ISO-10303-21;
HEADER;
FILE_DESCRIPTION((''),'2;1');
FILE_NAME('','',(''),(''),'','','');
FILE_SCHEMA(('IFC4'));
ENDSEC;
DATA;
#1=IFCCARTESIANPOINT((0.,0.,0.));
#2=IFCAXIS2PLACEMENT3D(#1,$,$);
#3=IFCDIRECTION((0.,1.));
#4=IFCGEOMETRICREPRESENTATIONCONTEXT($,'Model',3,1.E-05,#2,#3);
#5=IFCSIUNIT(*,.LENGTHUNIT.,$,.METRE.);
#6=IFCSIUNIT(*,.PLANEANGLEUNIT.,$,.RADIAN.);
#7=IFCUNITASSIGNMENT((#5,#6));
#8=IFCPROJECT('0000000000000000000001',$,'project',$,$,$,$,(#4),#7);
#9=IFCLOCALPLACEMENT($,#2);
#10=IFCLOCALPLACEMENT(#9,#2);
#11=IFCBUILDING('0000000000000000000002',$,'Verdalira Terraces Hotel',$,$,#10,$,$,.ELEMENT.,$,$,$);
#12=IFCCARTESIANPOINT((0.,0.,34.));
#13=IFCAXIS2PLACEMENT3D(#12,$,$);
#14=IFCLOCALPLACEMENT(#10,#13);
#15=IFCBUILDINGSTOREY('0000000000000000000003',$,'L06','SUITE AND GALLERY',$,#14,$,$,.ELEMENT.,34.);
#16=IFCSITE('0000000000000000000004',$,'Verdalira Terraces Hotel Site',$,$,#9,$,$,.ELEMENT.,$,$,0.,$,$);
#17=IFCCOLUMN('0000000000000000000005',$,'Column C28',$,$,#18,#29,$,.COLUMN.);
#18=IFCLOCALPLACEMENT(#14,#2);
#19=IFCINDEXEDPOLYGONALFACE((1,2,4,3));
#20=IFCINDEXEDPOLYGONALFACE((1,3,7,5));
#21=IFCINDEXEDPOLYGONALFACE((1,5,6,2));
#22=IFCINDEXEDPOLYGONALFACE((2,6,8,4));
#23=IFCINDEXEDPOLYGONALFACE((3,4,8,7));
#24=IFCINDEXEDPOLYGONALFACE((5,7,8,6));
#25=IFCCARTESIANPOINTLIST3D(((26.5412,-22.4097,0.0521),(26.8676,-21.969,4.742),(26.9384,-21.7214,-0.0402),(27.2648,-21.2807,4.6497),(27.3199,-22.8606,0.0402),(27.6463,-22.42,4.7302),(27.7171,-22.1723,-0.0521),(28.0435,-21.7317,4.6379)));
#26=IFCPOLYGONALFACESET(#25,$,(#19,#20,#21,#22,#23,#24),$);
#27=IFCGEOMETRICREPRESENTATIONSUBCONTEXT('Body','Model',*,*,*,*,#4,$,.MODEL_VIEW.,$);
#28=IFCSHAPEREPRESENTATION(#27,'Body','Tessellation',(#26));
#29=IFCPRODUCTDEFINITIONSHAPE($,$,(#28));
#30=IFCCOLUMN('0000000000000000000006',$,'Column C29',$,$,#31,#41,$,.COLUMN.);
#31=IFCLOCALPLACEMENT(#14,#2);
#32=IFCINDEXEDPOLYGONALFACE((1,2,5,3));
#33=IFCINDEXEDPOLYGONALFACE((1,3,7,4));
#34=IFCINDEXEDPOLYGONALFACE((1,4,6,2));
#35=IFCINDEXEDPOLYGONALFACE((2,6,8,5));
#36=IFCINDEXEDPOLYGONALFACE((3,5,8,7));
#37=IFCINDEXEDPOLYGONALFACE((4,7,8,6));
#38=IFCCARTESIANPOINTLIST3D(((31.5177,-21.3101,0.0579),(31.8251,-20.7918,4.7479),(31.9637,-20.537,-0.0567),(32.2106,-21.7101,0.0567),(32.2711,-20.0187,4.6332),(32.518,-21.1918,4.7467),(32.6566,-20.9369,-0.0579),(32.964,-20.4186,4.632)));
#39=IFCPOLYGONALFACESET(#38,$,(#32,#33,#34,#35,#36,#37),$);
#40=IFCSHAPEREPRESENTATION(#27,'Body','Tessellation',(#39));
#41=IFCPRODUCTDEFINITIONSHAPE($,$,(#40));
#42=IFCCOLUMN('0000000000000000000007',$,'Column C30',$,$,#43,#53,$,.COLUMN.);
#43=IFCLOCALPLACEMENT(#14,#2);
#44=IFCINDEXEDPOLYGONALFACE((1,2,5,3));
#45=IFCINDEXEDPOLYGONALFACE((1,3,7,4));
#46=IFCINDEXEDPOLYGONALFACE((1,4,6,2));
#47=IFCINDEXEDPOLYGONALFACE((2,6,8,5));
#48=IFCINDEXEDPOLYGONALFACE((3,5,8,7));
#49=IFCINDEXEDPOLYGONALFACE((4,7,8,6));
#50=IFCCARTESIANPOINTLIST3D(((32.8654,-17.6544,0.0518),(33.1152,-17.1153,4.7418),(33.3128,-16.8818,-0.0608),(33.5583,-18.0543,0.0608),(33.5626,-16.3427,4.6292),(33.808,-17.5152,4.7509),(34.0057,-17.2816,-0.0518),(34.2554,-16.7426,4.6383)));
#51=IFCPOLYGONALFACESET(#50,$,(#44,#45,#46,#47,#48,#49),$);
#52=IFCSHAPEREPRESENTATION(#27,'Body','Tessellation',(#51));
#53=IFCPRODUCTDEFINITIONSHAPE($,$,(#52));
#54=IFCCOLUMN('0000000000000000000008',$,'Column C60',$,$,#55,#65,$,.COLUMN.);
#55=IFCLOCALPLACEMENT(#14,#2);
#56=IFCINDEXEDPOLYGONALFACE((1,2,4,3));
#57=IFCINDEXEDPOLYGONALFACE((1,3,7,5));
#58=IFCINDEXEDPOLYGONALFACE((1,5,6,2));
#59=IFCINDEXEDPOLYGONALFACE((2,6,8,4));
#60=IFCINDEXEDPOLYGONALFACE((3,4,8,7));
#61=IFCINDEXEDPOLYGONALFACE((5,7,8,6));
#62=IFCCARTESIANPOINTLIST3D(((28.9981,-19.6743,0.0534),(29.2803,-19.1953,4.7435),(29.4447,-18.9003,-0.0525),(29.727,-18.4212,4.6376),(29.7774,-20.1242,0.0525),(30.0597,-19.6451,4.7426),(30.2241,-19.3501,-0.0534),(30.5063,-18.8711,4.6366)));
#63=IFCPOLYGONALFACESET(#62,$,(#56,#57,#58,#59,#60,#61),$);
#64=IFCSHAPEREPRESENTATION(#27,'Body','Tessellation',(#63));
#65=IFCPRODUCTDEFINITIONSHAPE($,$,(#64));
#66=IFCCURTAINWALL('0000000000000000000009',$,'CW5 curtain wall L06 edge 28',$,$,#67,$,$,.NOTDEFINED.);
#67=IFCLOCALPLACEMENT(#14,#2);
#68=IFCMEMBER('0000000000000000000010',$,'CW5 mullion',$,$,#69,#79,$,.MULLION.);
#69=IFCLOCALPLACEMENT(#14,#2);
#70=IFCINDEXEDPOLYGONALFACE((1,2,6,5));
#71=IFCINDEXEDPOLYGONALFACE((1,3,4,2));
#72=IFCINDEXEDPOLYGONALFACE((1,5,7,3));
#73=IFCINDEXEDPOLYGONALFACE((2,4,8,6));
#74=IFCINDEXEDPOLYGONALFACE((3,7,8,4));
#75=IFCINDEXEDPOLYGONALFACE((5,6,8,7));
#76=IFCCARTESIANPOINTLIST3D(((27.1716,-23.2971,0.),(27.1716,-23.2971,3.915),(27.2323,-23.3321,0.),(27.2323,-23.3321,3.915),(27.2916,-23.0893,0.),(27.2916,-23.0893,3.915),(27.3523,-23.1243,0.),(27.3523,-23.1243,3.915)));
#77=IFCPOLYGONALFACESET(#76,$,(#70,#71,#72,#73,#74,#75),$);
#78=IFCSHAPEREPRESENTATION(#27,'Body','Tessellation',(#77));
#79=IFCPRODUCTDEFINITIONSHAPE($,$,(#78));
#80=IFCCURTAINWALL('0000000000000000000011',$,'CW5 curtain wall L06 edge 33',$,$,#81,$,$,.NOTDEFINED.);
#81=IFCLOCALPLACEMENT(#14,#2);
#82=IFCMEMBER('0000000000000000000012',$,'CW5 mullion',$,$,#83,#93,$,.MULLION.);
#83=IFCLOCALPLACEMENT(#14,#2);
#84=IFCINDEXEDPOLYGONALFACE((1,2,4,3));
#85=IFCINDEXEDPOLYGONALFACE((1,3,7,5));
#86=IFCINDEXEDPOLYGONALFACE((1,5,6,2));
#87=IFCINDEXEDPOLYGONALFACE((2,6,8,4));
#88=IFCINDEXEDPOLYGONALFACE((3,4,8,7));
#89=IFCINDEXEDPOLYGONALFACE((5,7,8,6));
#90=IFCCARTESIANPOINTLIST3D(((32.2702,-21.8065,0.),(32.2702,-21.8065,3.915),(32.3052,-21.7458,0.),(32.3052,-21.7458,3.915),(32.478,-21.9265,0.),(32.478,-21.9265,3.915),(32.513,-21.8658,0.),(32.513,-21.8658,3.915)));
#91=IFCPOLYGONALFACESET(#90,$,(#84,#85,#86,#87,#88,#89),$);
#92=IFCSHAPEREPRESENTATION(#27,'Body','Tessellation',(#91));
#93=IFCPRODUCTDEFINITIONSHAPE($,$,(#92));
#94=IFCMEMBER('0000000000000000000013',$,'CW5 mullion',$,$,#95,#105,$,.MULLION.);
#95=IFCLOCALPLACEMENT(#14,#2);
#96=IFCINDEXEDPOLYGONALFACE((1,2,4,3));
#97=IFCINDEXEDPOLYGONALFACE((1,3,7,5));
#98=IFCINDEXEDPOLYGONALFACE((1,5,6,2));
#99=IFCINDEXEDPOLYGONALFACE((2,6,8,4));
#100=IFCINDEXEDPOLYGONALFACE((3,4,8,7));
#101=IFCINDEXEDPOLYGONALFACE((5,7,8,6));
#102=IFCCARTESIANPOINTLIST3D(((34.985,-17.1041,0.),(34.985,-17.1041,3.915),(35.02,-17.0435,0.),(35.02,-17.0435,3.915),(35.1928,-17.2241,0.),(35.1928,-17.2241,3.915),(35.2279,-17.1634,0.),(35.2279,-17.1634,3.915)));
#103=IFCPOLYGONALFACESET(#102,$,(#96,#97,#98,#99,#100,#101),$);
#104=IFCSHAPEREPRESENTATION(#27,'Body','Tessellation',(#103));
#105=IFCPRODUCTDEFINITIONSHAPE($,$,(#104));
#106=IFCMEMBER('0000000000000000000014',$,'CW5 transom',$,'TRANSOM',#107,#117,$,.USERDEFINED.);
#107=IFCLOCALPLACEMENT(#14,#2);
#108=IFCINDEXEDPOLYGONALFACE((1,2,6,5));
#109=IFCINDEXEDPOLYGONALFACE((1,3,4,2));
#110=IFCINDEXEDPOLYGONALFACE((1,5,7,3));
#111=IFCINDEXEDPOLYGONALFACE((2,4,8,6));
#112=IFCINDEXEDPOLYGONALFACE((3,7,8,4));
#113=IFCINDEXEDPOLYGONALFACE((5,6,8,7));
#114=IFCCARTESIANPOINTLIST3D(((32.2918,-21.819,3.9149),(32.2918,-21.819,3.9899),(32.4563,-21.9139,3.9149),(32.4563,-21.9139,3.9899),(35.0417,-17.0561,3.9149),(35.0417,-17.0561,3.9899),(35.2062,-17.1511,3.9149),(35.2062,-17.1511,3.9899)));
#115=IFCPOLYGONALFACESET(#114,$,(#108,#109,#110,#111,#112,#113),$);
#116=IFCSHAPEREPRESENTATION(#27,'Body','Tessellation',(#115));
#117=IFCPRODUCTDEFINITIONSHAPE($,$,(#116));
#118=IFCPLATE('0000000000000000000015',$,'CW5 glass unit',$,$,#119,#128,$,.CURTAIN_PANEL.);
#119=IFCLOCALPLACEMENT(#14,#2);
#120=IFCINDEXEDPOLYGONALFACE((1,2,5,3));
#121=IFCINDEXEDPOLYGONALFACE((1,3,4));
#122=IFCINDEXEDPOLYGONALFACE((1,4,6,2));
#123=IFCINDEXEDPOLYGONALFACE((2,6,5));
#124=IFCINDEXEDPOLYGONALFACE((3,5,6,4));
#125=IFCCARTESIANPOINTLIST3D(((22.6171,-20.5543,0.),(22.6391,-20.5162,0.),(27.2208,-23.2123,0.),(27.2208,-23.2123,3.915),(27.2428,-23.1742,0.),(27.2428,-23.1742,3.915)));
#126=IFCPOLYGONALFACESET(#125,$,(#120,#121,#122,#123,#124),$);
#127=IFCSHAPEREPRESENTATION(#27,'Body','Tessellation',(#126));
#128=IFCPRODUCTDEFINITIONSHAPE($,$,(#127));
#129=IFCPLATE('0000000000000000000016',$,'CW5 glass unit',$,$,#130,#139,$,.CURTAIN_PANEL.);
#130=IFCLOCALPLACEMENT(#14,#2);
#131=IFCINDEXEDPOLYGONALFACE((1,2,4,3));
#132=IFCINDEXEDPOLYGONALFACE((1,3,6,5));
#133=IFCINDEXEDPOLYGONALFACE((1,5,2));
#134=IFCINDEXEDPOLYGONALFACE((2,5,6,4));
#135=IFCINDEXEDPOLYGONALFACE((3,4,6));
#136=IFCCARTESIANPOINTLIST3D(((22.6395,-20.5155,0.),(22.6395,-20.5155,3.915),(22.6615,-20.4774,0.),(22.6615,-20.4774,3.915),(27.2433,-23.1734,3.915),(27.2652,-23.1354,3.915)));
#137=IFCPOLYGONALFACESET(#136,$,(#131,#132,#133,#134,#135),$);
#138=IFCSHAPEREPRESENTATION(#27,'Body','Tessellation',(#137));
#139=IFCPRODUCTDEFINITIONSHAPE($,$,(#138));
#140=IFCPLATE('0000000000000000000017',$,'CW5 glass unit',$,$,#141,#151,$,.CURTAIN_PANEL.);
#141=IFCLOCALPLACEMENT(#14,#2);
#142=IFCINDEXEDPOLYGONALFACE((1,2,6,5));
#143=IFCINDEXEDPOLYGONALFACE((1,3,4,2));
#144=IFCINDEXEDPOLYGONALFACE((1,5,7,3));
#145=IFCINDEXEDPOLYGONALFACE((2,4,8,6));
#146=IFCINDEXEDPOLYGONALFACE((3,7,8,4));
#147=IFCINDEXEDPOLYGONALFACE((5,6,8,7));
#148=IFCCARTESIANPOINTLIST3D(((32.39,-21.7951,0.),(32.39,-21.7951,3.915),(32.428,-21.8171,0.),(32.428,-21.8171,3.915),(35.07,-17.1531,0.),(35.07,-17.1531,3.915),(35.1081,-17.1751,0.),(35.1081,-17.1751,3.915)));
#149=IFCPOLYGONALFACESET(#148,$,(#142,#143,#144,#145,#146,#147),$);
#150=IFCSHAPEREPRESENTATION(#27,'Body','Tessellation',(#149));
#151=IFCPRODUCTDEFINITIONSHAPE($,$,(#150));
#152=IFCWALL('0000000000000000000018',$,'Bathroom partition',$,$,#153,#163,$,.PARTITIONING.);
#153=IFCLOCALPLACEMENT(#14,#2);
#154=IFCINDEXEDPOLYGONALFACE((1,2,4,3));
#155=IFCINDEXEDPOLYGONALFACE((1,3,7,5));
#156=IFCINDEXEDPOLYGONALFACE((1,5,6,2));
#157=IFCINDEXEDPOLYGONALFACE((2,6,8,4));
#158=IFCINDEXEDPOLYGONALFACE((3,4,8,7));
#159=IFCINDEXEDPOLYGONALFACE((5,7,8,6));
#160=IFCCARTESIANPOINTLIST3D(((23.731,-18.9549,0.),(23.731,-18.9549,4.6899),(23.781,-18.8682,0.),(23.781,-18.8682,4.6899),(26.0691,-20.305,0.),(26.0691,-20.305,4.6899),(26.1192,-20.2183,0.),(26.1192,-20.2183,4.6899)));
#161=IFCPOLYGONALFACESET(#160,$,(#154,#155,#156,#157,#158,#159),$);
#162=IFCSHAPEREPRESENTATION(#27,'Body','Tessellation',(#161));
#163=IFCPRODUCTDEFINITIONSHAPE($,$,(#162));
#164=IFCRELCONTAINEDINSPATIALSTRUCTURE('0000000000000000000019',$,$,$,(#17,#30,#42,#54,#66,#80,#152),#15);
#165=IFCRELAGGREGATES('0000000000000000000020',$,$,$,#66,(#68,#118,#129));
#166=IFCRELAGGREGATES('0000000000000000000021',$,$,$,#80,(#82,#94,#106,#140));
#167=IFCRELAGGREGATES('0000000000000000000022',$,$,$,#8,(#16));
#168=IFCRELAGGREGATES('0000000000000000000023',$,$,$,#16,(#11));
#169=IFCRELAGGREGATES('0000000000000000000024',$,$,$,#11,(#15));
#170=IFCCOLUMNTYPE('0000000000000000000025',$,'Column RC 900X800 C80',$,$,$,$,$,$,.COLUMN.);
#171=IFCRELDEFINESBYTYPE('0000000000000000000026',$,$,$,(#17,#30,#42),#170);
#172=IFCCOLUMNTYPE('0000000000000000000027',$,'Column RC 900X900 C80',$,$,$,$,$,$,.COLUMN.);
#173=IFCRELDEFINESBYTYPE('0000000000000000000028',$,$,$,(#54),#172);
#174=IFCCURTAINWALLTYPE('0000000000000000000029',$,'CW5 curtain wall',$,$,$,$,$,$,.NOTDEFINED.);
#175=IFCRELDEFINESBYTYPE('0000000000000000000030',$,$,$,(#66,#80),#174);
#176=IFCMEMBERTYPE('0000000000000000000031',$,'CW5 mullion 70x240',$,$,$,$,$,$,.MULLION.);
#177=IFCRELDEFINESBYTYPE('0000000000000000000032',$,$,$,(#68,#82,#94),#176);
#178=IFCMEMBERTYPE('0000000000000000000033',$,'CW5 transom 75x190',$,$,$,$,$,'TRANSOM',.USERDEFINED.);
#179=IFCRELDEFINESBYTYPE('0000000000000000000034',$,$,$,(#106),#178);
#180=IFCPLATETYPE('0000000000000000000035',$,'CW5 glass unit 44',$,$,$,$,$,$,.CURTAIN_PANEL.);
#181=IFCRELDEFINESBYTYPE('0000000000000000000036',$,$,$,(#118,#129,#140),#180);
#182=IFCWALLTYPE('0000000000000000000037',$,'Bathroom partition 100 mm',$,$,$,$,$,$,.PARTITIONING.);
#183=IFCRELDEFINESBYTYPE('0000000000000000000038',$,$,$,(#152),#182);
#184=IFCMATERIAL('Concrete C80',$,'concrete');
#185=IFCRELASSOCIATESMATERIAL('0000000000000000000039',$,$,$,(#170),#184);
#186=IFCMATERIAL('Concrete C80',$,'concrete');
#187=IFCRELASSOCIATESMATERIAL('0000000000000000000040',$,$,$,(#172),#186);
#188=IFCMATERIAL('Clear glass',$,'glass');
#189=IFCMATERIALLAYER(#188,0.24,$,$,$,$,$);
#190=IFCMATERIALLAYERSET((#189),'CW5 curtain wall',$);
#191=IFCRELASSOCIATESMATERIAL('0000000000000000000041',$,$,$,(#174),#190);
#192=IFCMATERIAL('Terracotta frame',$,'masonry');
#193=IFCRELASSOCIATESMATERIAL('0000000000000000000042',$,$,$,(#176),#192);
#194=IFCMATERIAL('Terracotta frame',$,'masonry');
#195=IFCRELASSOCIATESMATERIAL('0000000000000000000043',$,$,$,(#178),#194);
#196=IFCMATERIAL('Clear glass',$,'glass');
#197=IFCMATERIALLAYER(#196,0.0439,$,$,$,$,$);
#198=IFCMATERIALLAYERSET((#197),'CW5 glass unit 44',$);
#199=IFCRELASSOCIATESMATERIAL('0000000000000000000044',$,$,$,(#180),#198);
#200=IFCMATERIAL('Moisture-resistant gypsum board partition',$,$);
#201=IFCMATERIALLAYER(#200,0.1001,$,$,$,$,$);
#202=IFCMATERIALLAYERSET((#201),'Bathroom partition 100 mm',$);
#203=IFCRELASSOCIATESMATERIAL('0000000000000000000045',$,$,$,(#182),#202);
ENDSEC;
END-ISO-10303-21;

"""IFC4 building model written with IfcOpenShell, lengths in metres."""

from ifc_helpers import new_model, si_unit, direction, frame, frame_2d, origin, origin_2d, place, context, subcontext, project, spatial, polyline, rectangle, outline, extrude, material, layer, layer_set, material_profile, profile_set, type_object, element, aggregate, save


model = new_model("IFC4")

# Units and contexts
model_context = context("Model", 3, precision=1e-05, world=origin(), true_north=direction((0.0, 1.0)))
body_context = subcontext(model_context, "Body", "Model", "MODEL_VIEW")
ifc_project = project(units=[si_unit("LENGTHUNIT", "METRE"), si_unit("PLANEANGLEUNIT", "RADIAN")], contexts=[model_context])

# Site, building, storey
site_placement = place(None, origin())
site = spatial("IfcSite", under=ifc_project, at=site_placement, Name="Verdalira Terraces Hotel Site", CompositionType="ELEMENT", RefElevation=0.0)
building_placement = place(site_placement, origin())
building = spatial("IfcBuilding", under=site, at=building_placement, Name="Verdalira Terraces Hotel", CompositionType="ELEMENT")
storey_placement = place(building_placement, frame((0.0, 0.0, 34.0)))
storey = spatial("IfcBuildingStorey", under=building, at=storey_placement, Name="L06", Description="SUITE AND GALLERY", CompositionType="ELEMENT", Elevation=34.0)

# Columns
ifc_material_1 = material(Name="Concrete C80", Category="concrete")
ifc_material_profile_1 = material_profile(ifc_material_1, rectangle(XDim=0.8999, YDim=0.8, at=origin_2d()), Name="RC 900X800")
ifc_profile_set_1 = profile_set([ifc_material_profile_1], Name="Concrete C80")
column_type_1 = type_object("IfcColumnType", Name="Column RC 900X800 C80", PredefinedType="COLUMN", material=ifc_profile_set_1)
column_1_placement = place(storey_placement, frame((27.1291, -22.291, 0.0), z_axis=(0.069128, 0.093326, 0.993233), x_axis=(0.865288, -0.501103, -0.013139)))
element("IfcColumn", 1, at=column_1_placement, inside=storey, type_object=column_type_1, Name="Column C28", PredefinedType="COLUMN", context=body_context, shape_type="SweptSolid", body=[
    extrude(rectangle(XDim=0.8999, YDim=0.8, at=origin_2d()), origin(), (0.0, 0.0, 1.0), 4.7219),
])
column_2_placement = place(storey_placement, frame((32.0872, -21.1235, 0.0), z_axis=(0.065004, 0.109614, 0.991846), x_axis=(0.495649, 0.859124, -0.127431)))
element("IfcColumn", 2, at=column_2_placement, inside=storey, type_object=column_type_1, Name="Column C29", PredefinedType="COLUMN", context=body_context, shape_type="SweptSolid", body=[
    extrude(rectangle(XDim=0.8999, YDim=0.8, at=origin_2d()), origin(), (0.0, 0.0, 1.0), 4.7285),
])
column_3_placement = place(storey_placement, frame((33.4355, -17.468, 0.0), z_axis=(0.052831, 0.114029, 0.992072), x_axis=(0.497169, 0.858579, -0.125161)))
element("IfcColumn", 3, at=column_3_placement, inside=storey, type_object=column_type_1, Name="Column C30", PredefinedType="COLUMN", context=body_context, shape_type="SweptSolid", body=[
    extrude(rectangle(XDim=0.8999, YDim=0.8, at=origin_2d()), origin(), (0.0, 0.0, 1.0), 4.7275),
])
ifc_material_2 = material(Name="Concrete C80", Category="concrete")
ifc_material_profile_2 = material_profile(ifc_material_2, rectangle(XDim=0.8999, YDim=0.8999, at=origin_2d()), Name="RC 900X900")
ifc_profile_set_2 = profile_set([ifc_material_profile_2], Name="Concrete C80")
column_type_2 = type_object("IfcColumnType", Name="Column RC 900X900 C80", PredefinedType="COLUMN", material=ifc_profile_set_2)
column_4_placement = place(storey_placement, frame((29.6111, -19.5122, 0.0), z_axis=(0.059759, 0.101424, 0.993047), x_axis=(0.866065, -0.499931, -0.001057)))
element("IfcColumn", 4, at=column_4_placement, inside=storey, type_object=column_type_2, Name="Column C60", PredefinedType="COLUMN", context=body_context, shape_type="SweptSolid", body=[
    extrude(rectangle(XDim=0.8999, YDim=0.8999, at=origin_2d()), origin(), (0.0, 0.0, 1.0), 4.7229),
])

# Curtain wall, member
ifc_material_3 = material(Name="Clear glass", Category="glass")
ifc_layer_1 = layer(ifc_material_3, 0.24)
ifc_layer_set_1 = layer_set([ifc_layer_1], Name="CW5 curtain wall")
curtain_wall_type = type_object("IfcCurtainWallType", Name="CW5 curtain wall", PredefinedType="NOTDEFINED", material=ifc_layer_set_1)
curtain_wall_1_placement = place(storey_placement, origin())
curtain_wall_1 = element("IfcCurtainWall", 5, at=curtain_wall_1_placement, inside=storey, type_object=curtain_wall_type, Name="CW5 curtain wall L06 edge 28", PredefinedType="NOTDEFINED")
ifc_material_4 = material(Name="Terracotta frame", Category="masonry")
ifc_material_profile_3 = material_profile(ifc_material_4, rectangle(XDim=0.0701, YDim=0.24, at=origin_2d()), Name="MU 70x240")
ifc_profile_set_3 = profile_set([ifc_material_profile_3], Name="Terracotta frame")
member_type_1 = type_object("IfcMemberType", Name="CW5 mullion 70x240", PredefinedType="MULLION", material=ifc_profile_set_3)
member_1_placement = place(storey_placement, frame((27.262, -23.2107, 0.0), z_axis=(0.0, 0.0, 1.0), x_axis=(0.866025, -0.5, 0.0)))
member_1 = element("IfcMember", 6, at=member_1_placement, type_object=member_type_1, Name="CW5 mullion", PredefinedType="MULLION", context=body_context, shape_type="SweptSolid", body=[
    extrude(rectangle(XDim=0.0701, YDim=0.24, at=origin_2d()), origin(), (0.0, 0.0, 1.0), 3.915),
])

# Curtain wall, members
curtain_wall_2_placement = place(storey_placement, origin())
curtain_wall_2 = element("IfcCurtainWall", 7, at=curtain_wall_2_placement, inside=storey, type_object=curtain_wall_type, Name="CW5 curtain wall L06 edge 33", PredefinedType="NOTDEFINED")
member_2_placement = place(storey_placement, frame((32.3916, -21.8362, 0.0), z_axis=(0.0, 0.0, 1.0), x_axis=(0.5, 0.866025, 0.0)))
member_2 = element("IfcMember", 8, at=member_2_placement, type_object=member_type_1, Name="CW5 mullion", PredefinedType="MULLION", context=body_context, shape_type="SweptSolid", body=[
    extrude(rectangle(XDim=0.0701, YDim=0.24, at=origin_2d()), origin(), (0.0, 0.0, 1.0), 3.915),
])
member_3_placement = place(storey_placement, frame((35.1064, -17.1338, 0.0), z_axis=(0.0, 0.0, 1.0), x_axis=(0.5, 0.866025, 0.0)))
member_3 = element("IfcMember", 9, at=member_3_placement, type_object=member_type_1, Name="CW5 mullion", PredefinedType="MULLION", context=body_context, shape_type="SweptSolid", body=[
    extrude(rectangle(XDim=0.0701, YDim=0.24, at=origin_2d()), origin(), (0.0, 0.0, 1.0), 3.915),
])
ifc_material_5 = material(Name="Terracotta frame", Category="masonry")
ifc_material_profile_4 = material_profile(ifc_material_5, rectangle(XDim=0.1899, YDim=0.075, at=origin_2d()), Name="TR 75x190")
ifc_profile_set_4 = profile_set([ifc_material_profile_4], Name="Terracotta frame")
member_type_2 = type_object("IfcMemberType", Name="CW5 transom 75x190", ElementType="TRANSOM", PredefinedType="USERDEFINED", material=ifc_profile_set_4)
member_4_placement = place(storey_placement, frame((32.374, -21.8665, 3.9524), z_axis=(0.500016, 0.866016, 0.0), x_axis=(-0.866016, 0.500016, 0.0)))
member_4 = element("IfcMember", 10, at=member_4_placement, type_object=member_type_2, Name="CW5 transom", ObjectType="TRANSOM", PredefinedType="USERDEFINED", context=body_context, shape_type="SweptSolid", body=[
    extrude(rectangle(XDim=0.1899, YDim=0.075, at=origin_2d()), origin(), (0.0, 0.0, 1.0), 5.4998),
])

# Plates
ifc_material_6 = material(Name="Clear glass", Category="glass")
ifc_layer_2 = layer(ifc_material_6, 0.0439)
ifc_layer_set_2 = layer_set([ifc_layer_2], Name="CW5 glass unit 44")
plate_type = type_object("IfcPlateType", Name="CW5 glass unit 44", PredefinedType="CURTAIN_PANEL", material=ifc_layer_set_2)
plate_1_placement = place(storey_placement, frame((24.9409, -21.8452, 1.9575), z_axis=(-0.5, -0.866025, 0.0), x_axis=(0.866025, -0.5, 0.0)))
plate_1 = element("IfcPlate", 11, at=plate_1_placement, type_object=plate_type, Name="CW5 glass unit", PredefinedType="CURTAIN_PANEL", context=body_context, shape_type="SweptSolid", body=[
    extrude(outline(polyline([(-2.658, -1.9575), (2.658, -1.9575), (2.658, 1.9575), (-2.658, -1.9575)])), origin(), (0.0, 0.0, 1.0), 0.0439),
])
plate_2_placement = place(storey_placement, frame((24.9634, -21.8064, 1.9575), z_axis=(-0.5, -0.866025, 0.0), x_axis=(0.866025, -0.5, 0.0)))
plate_2 = element("IfcPlate", 12, at=plate_2_placement, type_object=plate_type, Name="CW5 glass unit", PredefinedType="CURTAIN_PANEL", context=body_context, shape_type="SweptSolid", body=[
    extrude(outline(polyline([(-2.658, -1.9575), (2.658, 1.9575), (-2.658, 1.9575), (-2.658, -1.9575)])), origin(), (0.0, 0.0, 1.0), 0.0439),
])
aggregate(curtain_wall_1, [member_1, plate_1, plate_2])
plate_3_placement = place(storey_placement, frame((33.749, -19.4851, 0.0), z_axis=(0.0, 0.0, 1.0), x_axis=(0.5, 0.866025, 0.0)))
plate_3 = element("IfcPlate", 13, at=plate_3_placement, type_object=plate_type, Name="CW5 glass unit", PredefinedType="CURTAIN_PANEL", context=body_context, shape_type="SweptSolid", body=[
    extrude(rectangle(XDim=5.3601, YDim=0.0439, at=origin_2d()), origin(), (0.0, 0.0, 1.0), 3.915),
])
aggregate(curtain_wall_2, [member_2, member_3, member_4, plate_3])

# Wall
ifc_material_7 = material(Name="Moisture-resistant gypsum board partition")
ifc_layer_3 = layer(ifc_material_7, 0.1001)
ifc_layer_set_3 = layer_set([ifc_layer_3], Name="Bathroom partition 100 mm")
wall_type_1 = type_object("IfcWallType", Name="Bathroom partition 100 mm", PredefinedType="PARTITIONING", material=ifc_layer_set_3)
wall_1_placement = place(storey_placement, frame((26.0942, -20.2617, 0.0), z_axis=(0.0, 0.0, 1.0), x_axis=(-0.865997, 0.500049, 0.0)))
element("IfcWall", 14, at=wall_1_placement, inside=storey, type_object=wall_type_1, Name="Bathroom partition", PredefinedType="PARTITIONING", context=body_context, shape_type="SweptSolid", body=[
    extrude(rectangle(XDim=2.7, YDim=0.1001, at=frame_2d((1.3501, 0.0))), origin(), (0.0, 0.0, 1.0), 4.6899),
])

save(model, "model.ifc")
